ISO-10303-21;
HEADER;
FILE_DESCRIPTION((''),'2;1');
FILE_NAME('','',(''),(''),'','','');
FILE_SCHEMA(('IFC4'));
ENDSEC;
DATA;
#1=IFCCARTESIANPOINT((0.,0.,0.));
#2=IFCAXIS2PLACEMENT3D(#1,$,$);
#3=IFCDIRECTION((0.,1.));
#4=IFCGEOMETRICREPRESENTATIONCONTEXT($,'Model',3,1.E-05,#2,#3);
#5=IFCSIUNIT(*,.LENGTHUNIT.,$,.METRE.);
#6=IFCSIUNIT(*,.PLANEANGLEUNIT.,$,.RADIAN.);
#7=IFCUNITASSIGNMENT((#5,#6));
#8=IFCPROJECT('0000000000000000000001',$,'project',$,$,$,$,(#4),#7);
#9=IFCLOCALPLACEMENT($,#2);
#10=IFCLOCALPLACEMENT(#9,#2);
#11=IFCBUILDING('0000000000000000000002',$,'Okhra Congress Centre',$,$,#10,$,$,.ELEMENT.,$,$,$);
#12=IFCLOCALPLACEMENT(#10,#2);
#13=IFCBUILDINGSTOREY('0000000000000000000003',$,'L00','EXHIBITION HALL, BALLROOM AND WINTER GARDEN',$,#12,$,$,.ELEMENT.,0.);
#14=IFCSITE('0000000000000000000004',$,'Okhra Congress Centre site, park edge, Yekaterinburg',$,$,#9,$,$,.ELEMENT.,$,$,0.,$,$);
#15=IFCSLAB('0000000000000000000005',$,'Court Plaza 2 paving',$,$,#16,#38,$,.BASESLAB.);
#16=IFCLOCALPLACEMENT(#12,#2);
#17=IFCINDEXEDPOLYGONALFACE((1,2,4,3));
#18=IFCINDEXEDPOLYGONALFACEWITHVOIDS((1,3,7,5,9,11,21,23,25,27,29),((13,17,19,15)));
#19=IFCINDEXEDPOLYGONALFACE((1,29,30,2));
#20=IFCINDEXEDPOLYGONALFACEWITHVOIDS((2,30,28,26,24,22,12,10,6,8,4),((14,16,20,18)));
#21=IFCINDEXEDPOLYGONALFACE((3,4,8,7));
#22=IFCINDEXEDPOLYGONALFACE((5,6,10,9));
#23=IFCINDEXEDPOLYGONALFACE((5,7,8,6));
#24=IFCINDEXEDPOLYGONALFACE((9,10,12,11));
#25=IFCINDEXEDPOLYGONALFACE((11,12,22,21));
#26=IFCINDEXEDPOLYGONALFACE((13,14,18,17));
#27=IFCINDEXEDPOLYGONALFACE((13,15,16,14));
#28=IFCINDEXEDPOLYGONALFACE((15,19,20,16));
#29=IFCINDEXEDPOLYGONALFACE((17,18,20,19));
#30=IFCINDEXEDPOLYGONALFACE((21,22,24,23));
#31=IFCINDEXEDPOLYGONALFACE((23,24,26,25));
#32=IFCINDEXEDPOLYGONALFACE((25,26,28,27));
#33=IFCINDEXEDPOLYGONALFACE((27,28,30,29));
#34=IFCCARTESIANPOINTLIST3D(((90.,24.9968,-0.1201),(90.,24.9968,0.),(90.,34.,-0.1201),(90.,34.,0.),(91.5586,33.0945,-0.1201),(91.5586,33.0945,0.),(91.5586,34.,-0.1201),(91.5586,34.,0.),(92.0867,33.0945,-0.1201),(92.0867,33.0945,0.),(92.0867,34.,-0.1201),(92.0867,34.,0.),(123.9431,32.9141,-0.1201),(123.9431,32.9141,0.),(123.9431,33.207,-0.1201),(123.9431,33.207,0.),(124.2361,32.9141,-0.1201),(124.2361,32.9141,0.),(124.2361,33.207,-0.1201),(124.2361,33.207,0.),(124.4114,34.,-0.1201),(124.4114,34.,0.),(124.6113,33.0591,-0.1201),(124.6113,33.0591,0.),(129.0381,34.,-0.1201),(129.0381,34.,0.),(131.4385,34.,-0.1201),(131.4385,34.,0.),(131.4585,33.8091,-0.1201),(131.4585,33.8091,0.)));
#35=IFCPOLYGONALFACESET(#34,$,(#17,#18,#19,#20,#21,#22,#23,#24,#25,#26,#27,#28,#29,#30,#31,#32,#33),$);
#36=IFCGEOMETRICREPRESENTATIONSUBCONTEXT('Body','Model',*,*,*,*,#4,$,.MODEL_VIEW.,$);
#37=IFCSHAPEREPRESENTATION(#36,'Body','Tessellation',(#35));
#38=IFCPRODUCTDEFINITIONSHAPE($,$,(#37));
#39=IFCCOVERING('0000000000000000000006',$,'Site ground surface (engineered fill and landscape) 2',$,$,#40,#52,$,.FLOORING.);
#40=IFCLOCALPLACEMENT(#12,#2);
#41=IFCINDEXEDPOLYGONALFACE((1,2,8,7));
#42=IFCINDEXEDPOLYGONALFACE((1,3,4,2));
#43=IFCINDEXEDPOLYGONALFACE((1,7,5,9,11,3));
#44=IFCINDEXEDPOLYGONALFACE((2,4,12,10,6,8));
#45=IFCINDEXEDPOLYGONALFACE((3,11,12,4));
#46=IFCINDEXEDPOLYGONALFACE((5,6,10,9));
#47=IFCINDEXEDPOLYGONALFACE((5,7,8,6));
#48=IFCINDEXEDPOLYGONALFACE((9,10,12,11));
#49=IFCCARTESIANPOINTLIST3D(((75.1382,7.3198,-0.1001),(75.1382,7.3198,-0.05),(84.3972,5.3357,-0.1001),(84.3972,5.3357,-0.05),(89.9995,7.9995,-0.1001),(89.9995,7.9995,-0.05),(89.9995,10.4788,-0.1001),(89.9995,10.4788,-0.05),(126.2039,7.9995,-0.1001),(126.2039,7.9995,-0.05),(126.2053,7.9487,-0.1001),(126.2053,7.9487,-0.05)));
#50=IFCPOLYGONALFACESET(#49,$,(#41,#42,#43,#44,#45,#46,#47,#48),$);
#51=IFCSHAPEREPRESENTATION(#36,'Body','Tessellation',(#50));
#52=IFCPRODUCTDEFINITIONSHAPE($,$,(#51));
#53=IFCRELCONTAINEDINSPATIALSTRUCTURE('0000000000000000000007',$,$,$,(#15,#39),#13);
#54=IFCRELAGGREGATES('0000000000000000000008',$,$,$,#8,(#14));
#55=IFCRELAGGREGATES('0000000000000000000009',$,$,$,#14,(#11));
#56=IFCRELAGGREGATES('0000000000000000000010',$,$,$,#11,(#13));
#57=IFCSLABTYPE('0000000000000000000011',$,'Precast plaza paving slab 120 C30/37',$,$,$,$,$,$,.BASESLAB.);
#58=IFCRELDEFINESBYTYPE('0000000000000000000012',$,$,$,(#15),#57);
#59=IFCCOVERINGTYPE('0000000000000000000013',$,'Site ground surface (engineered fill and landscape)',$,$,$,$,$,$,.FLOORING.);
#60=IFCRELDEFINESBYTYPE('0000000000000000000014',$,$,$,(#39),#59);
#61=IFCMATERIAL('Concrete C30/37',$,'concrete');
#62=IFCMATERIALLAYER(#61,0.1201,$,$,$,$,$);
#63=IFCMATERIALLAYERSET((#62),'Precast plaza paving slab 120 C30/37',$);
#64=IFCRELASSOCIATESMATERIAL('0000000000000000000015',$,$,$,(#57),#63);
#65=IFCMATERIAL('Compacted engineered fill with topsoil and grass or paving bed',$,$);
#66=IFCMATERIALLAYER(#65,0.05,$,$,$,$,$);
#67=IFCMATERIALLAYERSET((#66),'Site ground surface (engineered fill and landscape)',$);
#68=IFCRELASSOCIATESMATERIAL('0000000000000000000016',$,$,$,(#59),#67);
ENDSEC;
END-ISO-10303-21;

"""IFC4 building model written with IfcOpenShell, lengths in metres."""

from ifc_helpers import new_model, si_unit, direction, frame, origin, place, context, subcontext, project, spatial, polyline, outline, extrude, material, layer, layer_set, type_object, element, save


model = new_model("IFC4")

# Units and contexts
model_context = context("Model", 3, precision=1e-05, world=origin(), true_north=direction((0.0, 1.0)))
body_context = subcontext(model_context, "Body", "Model", "MODEL_VIEW")
ifc_project = project(units=[si_unit("LENGTHUNIT", "METRE"), si_unit("PLANEANGLEUNIT", "RADIAN")], contexts=[model_context])

# Site, building, storey
site_placement = place(None, origin())
site = spatial("IfcSite", under=ifc_project, at=site_placement, Name="Okhra Congress Centre site, park edge, Yekaterinburg", CompositionType="ELEMENT", RefElevation=0.0)
building_placement = place(site_placement, origin())
building = spatial("IfcBuilding", under=site, at=building_placement, Name="Okhra Congress Centre", CompositionType="ELEMENT")
storey_placement = place(building_placement, origin())
storey = spatial("IfcBuildingStorey", under=building, at=storey_placement, Name="L00", Description="EXHIBITION HALL, BALLROOM AND WINTER GARDEN", CompositionType="ELEMENT", Elevation=0.0)

# Slab
ifc_material_1 = material(Name="Concrete C30/37", Category="concrete")
ifc_layer_1 = layer(ifc_material_1, 0.1201)
ifc_layer_set_1 = layer_set([ifc_layer_1], Name="Precast plaza paving slab 120 C30/37")
slab_type = type_object("IfcSlabType", Name="Precast plaza paving slab 120 C30/37", PredefinedType="BASESLAB", material=ifc_layer_set_1)
slab_placement = place(storey_placement, frame((0.0, 0.0, -0.1201)))
element("IfcSlab", 1, at=slab_placement, inside=storey, type_object=slab_type, Name="Court Plaza 2 paving", PredefinedType="BASESLAB", context=body_context, shape_type="SweptSolid", body=[
    extrude(outline(polyline([(90.0, 34.0), (90.0, 24.9968), (131.4585, 33.8091), (131.4385, 34.0), (129.0381, 34.0), (124.6113, 33.0591), (124.4114, 34.0), (92.0867, 34.0), (92.0867, 33.0945), (91.5586, 33.0945), (91.5586, 34.0), (90.0, 34.0)]), holes=[polyline([(124.2361, 33.207), (123.9431, 33.207), (123.9431, 32.9141), (124.2361, 32.9141), (124.2361, 33.207)])]), origin(), (0.0, 0.0, 1.0), 0.1201),
])

# Covering
ifc_material_2 = material(Name="Compacted engineered fill with topsoil and grass or paving bed")
ifc_layer_2 = layer(ifc_material_2, 0.05)
ifc_layer_set_2 = layer_set([ifc_layer_2], Name="Site ground surface (engineered fill and landscape)")
covering_type = type_object("IfcCoveringType", Name="Site ground surface (engineered fill and landscape)", PredefinedType="FLOORING", material=ifc_layer_set_2)
covering_1_placement = place(storey_placement, frame((0.0, 0.0, -0.1001)))
element("IfcCovering", 2, at=covering_1_placement, inside=storey, type_object=covering_type, Name="Site ground surface (engineered fill and landscape) 2", PredefinedType="FLOORING", context=body_context, shape_type="SweptSolid", body=[
    extrude(outline(polyline([(75.1382, 7.3198), (84.3972, 5.3357), (126.2053, 7.9487), (126.2039, 7.9995), (89.9995, 7.9995), (89.9995, 10.4788), (75.1382, 7.3198)])), origin(), (0.0, 0.0, 1.0), 0.05),
])

save(model, "model.ifc")
